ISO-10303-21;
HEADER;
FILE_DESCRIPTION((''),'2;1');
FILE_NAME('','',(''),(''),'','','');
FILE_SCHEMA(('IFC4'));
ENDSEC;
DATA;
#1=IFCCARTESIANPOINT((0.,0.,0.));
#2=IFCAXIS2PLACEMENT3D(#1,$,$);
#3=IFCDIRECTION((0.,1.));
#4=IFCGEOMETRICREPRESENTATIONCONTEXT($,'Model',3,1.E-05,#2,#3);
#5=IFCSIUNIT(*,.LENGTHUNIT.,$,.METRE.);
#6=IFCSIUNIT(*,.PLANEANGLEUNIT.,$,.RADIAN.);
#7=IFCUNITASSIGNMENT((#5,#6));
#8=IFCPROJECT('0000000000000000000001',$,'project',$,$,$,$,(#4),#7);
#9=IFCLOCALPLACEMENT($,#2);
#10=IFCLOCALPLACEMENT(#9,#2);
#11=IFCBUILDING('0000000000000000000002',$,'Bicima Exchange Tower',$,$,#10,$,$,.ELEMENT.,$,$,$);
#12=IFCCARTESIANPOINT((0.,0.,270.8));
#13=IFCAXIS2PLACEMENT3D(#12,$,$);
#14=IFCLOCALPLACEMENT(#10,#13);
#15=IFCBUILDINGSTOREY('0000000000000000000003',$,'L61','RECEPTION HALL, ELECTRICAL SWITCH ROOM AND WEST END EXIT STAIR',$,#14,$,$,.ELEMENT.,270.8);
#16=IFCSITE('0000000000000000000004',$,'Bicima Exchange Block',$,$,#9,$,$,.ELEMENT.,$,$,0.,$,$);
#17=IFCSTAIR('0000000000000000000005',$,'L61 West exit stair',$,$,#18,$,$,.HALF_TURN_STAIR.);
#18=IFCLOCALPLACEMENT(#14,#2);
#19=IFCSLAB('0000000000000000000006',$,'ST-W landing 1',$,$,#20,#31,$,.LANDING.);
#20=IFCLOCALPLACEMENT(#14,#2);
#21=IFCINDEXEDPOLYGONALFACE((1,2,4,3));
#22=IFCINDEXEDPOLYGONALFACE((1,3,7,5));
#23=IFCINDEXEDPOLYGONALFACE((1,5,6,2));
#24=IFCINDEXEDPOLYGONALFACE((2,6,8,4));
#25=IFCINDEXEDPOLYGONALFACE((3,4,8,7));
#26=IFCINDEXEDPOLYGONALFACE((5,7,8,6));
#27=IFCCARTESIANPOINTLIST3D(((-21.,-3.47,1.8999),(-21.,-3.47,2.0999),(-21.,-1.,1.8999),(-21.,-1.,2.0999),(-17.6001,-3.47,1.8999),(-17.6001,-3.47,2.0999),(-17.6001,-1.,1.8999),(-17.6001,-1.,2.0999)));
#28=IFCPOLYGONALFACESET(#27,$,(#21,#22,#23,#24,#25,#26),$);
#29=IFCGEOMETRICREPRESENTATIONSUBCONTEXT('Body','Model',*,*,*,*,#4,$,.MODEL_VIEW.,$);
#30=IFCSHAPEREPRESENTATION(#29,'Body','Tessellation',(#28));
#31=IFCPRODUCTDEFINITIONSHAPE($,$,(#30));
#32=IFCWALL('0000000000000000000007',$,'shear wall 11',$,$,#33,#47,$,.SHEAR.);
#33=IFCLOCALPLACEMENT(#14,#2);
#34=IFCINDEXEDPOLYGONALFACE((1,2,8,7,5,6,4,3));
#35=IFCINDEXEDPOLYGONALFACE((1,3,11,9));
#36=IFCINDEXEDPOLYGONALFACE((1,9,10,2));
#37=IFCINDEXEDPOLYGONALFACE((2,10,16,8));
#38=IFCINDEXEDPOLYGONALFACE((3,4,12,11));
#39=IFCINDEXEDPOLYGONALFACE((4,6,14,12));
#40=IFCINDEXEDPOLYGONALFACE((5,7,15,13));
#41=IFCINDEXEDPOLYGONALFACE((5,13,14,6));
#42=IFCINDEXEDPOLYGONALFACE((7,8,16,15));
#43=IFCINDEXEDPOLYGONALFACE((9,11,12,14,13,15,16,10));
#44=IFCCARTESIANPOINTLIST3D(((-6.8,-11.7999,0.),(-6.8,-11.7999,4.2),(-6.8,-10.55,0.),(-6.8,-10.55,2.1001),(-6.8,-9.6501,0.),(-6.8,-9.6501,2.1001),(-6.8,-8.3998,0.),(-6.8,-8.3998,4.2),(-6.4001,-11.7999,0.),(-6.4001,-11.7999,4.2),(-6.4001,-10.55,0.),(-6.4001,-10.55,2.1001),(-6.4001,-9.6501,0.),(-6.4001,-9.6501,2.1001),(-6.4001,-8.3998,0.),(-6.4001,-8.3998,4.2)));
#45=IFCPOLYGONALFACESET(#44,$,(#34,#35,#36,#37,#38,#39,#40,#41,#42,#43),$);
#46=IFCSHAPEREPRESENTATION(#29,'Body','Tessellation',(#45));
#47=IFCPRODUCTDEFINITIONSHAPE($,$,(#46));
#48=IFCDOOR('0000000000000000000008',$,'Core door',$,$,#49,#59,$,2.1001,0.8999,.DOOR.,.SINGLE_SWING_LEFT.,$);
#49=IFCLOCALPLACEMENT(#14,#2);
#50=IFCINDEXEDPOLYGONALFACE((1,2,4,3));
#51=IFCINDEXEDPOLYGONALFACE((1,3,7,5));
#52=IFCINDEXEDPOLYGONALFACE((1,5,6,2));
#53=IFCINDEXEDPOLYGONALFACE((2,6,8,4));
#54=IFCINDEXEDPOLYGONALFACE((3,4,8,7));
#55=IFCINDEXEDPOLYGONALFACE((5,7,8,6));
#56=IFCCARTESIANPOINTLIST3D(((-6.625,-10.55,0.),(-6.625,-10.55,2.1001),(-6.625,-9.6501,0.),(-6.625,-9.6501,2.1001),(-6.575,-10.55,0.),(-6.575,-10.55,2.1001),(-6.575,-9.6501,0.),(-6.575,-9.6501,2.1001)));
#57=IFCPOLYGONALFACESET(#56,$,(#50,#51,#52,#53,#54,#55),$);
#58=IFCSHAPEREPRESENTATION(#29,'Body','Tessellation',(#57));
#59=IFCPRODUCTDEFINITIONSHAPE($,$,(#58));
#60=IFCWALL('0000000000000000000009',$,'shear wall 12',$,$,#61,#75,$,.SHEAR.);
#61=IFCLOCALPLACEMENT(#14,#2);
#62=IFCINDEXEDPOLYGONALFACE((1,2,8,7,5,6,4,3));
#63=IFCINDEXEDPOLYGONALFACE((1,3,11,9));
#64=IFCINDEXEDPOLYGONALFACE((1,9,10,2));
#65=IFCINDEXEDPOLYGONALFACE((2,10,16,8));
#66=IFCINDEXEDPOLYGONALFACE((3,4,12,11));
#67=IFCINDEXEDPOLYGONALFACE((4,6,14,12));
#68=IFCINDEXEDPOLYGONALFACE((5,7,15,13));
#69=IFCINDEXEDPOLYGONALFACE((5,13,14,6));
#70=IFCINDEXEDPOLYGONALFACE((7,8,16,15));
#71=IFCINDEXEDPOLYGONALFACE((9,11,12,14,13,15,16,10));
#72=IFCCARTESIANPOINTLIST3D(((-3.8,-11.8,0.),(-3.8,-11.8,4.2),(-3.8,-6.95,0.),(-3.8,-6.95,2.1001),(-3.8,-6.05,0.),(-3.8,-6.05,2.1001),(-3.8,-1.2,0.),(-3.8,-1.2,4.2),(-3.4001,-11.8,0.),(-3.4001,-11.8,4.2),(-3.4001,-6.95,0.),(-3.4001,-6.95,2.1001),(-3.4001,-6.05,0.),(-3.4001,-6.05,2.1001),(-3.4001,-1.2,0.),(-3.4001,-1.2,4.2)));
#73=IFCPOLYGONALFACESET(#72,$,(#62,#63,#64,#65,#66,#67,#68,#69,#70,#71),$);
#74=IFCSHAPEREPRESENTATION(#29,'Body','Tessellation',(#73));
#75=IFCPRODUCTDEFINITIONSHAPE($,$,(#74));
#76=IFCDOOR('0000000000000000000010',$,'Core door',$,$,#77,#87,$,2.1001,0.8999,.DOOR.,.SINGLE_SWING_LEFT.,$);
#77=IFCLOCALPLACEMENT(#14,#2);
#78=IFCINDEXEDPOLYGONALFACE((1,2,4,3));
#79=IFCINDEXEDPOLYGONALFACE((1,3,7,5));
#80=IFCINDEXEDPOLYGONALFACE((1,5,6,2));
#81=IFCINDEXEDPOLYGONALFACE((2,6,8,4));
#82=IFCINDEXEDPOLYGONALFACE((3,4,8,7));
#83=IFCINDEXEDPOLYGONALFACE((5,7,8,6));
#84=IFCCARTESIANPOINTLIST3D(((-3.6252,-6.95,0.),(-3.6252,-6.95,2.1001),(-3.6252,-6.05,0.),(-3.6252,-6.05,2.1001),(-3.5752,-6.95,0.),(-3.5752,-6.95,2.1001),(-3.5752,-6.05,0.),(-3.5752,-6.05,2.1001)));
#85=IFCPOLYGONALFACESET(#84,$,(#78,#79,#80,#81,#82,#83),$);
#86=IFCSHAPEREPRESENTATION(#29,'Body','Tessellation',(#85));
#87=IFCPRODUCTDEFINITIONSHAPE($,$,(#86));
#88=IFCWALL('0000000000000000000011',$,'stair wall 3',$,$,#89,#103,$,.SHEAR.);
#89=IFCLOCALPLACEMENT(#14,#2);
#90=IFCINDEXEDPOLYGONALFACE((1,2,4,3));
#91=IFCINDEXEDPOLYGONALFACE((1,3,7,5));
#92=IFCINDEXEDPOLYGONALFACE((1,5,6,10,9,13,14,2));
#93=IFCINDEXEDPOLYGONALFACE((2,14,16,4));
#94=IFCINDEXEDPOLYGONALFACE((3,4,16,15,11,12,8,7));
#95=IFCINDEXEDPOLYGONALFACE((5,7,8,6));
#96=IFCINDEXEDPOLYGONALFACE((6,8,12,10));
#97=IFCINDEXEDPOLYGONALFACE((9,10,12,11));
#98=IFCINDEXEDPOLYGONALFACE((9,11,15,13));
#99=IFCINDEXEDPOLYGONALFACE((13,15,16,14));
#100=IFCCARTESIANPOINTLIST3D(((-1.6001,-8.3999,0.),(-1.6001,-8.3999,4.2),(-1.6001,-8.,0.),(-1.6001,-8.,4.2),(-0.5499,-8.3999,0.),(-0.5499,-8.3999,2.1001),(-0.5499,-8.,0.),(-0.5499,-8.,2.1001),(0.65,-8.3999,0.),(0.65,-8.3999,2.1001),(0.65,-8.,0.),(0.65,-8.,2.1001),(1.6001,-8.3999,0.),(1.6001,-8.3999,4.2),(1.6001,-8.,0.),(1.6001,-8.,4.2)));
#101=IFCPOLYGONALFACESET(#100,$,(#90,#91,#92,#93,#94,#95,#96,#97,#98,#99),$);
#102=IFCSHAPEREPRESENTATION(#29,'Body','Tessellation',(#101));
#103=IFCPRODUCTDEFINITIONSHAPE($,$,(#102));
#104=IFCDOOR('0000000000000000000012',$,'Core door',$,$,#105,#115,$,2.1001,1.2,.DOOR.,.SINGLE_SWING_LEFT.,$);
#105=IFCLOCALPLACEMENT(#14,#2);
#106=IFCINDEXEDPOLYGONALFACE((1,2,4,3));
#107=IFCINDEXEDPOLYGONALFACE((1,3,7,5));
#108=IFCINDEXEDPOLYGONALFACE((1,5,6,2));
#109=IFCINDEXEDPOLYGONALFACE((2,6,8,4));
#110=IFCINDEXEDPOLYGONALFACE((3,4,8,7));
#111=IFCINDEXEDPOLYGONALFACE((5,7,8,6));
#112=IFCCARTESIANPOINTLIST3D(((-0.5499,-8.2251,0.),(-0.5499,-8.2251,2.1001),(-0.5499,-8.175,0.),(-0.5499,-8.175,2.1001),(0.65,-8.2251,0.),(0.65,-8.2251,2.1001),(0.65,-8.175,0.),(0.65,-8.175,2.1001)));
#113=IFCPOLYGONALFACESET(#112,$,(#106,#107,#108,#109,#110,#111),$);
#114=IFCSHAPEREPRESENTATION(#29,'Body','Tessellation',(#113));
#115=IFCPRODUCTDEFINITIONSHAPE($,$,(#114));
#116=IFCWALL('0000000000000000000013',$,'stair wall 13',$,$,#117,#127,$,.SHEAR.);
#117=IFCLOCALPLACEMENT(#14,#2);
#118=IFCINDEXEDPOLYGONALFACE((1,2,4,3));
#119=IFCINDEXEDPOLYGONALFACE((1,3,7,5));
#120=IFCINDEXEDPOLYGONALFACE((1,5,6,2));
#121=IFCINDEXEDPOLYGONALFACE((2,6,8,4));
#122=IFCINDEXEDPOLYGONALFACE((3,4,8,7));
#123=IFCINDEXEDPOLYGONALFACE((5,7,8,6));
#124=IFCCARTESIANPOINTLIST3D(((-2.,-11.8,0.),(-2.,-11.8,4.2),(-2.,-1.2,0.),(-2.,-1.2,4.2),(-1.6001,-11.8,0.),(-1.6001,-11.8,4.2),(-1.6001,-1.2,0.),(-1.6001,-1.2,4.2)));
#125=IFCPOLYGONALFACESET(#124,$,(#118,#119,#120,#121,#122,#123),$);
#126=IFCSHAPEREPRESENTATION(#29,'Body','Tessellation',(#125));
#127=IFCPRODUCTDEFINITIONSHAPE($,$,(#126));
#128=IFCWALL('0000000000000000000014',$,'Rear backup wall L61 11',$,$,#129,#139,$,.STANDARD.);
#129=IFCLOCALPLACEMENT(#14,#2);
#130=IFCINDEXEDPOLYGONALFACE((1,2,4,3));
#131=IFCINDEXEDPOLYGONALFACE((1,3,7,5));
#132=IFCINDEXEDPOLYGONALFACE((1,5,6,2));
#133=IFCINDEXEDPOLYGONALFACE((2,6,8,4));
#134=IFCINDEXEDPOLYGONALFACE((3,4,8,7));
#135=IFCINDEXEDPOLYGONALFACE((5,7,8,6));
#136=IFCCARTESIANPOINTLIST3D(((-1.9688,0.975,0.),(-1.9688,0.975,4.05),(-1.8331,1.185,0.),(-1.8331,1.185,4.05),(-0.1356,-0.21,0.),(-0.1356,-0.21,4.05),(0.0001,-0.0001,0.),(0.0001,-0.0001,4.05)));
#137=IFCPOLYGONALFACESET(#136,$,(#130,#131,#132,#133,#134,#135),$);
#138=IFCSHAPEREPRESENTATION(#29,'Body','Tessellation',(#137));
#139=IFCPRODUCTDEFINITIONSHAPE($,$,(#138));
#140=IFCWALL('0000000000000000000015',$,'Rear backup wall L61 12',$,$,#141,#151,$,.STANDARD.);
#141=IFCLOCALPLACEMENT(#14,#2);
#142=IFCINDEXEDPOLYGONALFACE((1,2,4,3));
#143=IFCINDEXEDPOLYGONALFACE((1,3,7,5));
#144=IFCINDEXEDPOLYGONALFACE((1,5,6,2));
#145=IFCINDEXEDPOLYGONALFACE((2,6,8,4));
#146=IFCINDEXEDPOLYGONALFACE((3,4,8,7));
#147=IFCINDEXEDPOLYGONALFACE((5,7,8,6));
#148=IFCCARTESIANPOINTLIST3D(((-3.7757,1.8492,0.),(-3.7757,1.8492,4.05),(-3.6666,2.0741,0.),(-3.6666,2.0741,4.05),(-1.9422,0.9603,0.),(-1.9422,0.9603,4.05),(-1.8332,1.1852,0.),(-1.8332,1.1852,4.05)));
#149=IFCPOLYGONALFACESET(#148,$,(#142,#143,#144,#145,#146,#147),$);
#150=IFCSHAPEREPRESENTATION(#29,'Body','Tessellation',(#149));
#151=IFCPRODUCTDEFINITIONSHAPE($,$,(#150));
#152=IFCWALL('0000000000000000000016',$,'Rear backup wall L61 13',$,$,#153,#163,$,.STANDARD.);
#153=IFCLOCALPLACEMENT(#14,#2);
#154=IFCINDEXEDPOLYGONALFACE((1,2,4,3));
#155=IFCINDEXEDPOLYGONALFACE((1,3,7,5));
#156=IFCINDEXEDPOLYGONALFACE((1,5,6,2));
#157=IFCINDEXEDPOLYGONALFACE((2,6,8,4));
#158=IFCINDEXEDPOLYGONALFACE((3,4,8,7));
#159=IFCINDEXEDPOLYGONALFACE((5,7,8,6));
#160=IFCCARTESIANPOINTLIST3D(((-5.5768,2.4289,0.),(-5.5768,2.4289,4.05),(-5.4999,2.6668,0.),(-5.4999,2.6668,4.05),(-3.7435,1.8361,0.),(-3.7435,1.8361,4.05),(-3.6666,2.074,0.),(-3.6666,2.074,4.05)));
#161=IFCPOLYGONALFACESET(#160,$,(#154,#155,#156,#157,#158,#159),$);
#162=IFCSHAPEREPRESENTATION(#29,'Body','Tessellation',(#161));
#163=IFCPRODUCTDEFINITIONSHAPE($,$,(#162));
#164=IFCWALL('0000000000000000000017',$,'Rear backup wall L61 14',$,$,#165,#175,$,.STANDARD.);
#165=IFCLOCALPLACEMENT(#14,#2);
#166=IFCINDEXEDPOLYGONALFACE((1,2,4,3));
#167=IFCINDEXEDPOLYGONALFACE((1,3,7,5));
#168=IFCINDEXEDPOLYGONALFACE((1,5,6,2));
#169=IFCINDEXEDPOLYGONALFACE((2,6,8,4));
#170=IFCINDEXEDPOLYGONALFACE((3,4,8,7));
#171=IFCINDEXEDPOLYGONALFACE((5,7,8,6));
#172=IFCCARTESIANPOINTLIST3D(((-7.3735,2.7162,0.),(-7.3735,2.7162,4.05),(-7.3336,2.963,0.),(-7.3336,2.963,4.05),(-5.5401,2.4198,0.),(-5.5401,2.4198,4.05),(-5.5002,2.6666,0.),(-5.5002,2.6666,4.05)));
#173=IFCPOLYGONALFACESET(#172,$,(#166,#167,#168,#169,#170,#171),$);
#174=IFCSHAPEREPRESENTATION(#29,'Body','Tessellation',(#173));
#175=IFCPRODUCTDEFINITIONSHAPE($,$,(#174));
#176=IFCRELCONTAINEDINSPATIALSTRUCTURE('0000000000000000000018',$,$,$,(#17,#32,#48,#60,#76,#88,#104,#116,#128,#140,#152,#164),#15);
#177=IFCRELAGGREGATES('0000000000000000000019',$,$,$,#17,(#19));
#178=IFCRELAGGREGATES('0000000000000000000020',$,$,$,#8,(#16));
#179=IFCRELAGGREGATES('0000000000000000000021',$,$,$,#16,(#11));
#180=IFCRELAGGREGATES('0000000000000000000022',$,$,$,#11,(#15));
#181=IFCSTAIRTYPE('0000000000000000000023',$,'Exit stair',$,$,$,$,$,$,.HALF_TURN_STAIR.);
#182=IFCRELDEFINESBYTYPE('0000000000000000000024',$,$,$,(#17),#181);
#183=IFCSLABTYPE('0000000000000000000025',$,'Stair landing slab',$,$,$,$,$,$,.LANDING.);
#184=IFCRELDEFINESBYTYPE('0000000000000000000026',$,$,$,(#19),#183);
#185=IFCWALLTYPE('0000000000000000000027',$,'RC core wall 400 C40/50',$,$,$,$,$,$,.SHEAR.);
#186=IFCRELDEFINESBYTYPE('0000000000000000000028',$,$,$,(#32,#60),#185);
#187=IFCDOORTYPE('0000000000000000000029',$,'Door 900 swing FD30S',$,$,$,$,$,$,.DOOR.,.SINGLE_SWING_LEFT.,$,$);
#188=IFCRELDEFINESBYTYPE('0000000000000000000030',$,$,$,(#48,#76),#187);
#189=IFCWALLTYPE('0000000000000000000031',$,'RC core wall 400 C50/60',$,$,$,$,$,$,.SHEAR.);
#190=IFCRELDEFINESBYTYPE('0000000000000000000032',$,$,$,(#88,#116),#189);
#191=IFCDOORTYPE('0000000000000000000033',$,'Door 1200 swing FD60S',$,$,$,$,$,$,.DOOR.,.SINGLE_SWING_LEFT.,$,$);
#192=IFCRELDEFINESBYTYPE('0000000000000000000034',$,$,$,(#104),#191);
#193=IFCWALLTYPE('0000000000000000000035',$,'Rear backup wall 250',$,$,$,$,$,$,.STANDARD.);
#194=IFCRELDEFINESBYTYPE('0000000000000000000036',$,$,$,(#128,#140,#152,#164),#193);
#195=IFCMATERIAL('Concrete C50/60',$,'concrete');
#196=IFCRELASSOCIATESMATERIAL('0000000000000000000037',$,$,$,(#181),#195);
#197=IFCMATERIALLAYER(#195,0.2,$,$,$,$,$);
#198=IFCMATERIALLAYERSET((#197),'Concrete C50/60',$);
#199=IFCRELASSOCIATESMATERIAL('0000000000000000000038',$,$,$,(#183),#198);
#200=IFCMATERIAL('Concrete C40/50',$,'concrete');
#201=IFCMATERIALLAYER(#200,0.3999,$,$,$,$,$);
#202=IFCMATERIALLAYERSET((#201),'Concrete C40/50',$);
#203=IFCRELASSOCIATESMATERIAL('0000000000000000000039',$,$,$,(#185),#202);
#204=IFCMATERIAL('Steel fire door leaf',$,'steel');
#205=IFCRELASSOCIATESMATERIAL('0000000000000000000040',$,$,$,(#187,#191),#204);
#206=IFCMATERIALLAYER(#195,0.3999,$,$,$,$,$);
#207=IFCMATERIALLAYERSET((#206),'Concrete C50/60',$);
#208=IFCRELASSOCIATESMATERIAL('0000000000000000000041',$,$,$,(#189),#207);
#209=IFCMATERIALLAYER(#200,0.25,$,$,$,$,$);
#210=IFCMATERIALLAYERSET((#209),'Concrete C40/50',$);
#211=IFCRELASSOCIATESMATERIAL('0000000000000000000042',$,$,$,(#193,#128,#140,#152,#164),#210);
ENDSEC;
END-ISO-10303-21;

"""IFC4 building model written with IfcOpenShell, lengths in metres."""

from ifc_helpers import new_model, si_unit, direction, frame, frame_2d, origin, place, context, subcontext, project, spatial, polyline, rectangle, outline, extrude, material, layer, layer_set, layer_usage, type_object, element, fill, aggregate, save


model = new_model("IFC4")

# Units and contexts
model_context = context("Model", 3, precision=1e-05, world=origin(), true_north=direction((0.0, 1.0)))
body_context = subcontext(model_context, "Body", "Model", "MODEL_VIEW")
ifc_project = project(units=[si_unit("LENGTHUNIT", "METRE"), si_unit("PLANEANGLEUNIT", "RADIAN")], contexts=[model_context])

# Site, building, storey
site_placement = place(None, origin())
site = spatial("IfcSite", under=ifc_project, at=site_placement, Name="Bicima Exchange Block", CompositionType="ELEMENT", RefElevation=0.0)
building_placement = place(site_placement, origin())
building = spatial("IfcBuilding", under=site, at=building_placement, Name="Bicima Exchange Tower", CompositionType="ELEMENT")
storey_placement = place(building_placement, frame((0.0, 0.0, 270.8)))
storey = spatial("IfcBuildingStorey", under=building, at=storey_placement, Name="L61", Description="RECEPTION HALL, ELECTRICAL SWITCH ROOM AND WEST END EXIT STAIR", CompositionType="ELEMENT", Elevation=270.8)

# Shared definitions
ifc_material_1 = material(Name="Concrete C40/50", Category="concrete")

# Stair, slab
ifc_material_2 = material(Name="Concrete C50/60", Category="concrete")
stair_type_1 = type_object("IfcStairType", Name="Exit stair", PredefinedType="HALF_TURN_STAIR", material=ifc_material_2)
stair_1_placement = place(storey_placement, origin())
stair_1 = element("IfcStair", 1, at=stair_1_placement, inside=storey, type_object=stair_type_1, Name="L61 West exit stair", PredefinedType="HALF_TURN_STAIR")
ifc_layer_1 = layer(ifc_material_2, 0.2)
ifc_layer_set_1 = layer_set([ifc_layer_1], Name="Concrete C50/60")
slab_type_1 = type_object("IfcSlabType", Name="Stair landing slab", PredefinedType="LANDING", material=ifc_layer_set_1)
slab_1_placement = place(storey_placement, frame((0.0, 0.0, 1.8999)))
slab_1 = element("IfcSlab", 2, at=slab_1_placement, type_object=slab_type_1, Name="ST-W landing 1", PredefinedType="LANDING", context=body_context, shape_type="SweptSolid", body=[
    extrude(outline(polyline([(-17.6001, -3.47), (-17.6001, -1.0), (-21.0, -1.0), (-21.0, -3.47), (-17.6001, -3.47)])), origin(), (0.0, 0.0, 1.0), 0.2),
])
aggregate(stair_1, [slab_1])

# Walls, openings, doors
ifc_layer_2 = layer(ifc_material_1, 0.3999)
ifc_layer_set_2 = layer_set([ifc_layer_2], Name="Concrete C40/50")
wall_type_1 = type_object("IfcWallType", Name="RC core wall 400 C40/50", PredefinedType="SHEAR", material=ifc_layer_set_2)
wall_1_placement = place(storey_placement, frame((-6.6001, -11.8, 0.0), z_axis=(0.0, 0.0, 1.0), x_axis=(0.0, 1.0, 0.0)))
wall_1 = element("IfcWall", 3, at=wall_1_placement, inside=storey, type_object=wall_type_1, Name="shear wall 11", PredefinedType="SHEAR", context=body_context, shape_type="SweptSolid", body=[
    extrude(rectangle(XDim=3.4001, YDim=0.3999, at=frame_2d((1.7002, 0.0))), origin(), (0.0, 0.0, 1.0), 4.2),
])
opening_1_placement = place(wall_1_placement, frame((1.25, 0.0, 0.0)))
opening_1 = element("IfcOpeningElement", 4, at=opening_1_placement, cuts=wall_1, PredefinedType="OPENING", context=body_context, shape_type="SweptSolid", body=[
    extrude(rectangle(XDim=0.8999, YDim=2.1001, at=frame_2d((0.45, 1.05))), frame((0.0, 0.2119, 0.0), z_axis=(0.0, -1.0, 0.0), x_axis=(1.0, 0.0, 0.0)), (0.0, 0.0, 1.0), 0.4238),
])
ifc_material_3 = material(Name="Steel fire door leaf", Category="steel")
door_type_1 = type_object("IfcDoorType", Name="Door 900 swing FD30S", OperationType="SINGLE_SWING_LEFT", PredefinedType="DOOR", material=ifc_material_3)
door_1_placement = place(opening_1_placement, origin())
door_1 = element("IfcDoor", 5, at=door_1_placement, inside=storey, type_object=door_type_1, Name="Core door", OperationType="SINGLE_SWING_LEFT", OverallHeight=2.1001, OverallWidth=0.8999, PredefinedType="DOOR", context=body_context, shape_type="SweptSolid", body=[
    extrude(rectangle(XDim=0.8999, YDim=2.1001, at=frame_2d((0.45, 1.05))), frame((0.0, 0.0249, 0.0), z_axis=(0.0, -1.0, 0.0), x_axis=(1.0, 0.0, 0.0)), (0.0, 0.0, 1.0), 0.05),
])
fill(opening_1, door_1)
wall_2_placement = place(storey_placement, frame((-3.6001, -11.8, 0.0), z_axis=(0.0, 0.0, 1.0), x_axis=(0.0, 1.0, 0.0)))
wall_2 = element("IfcWall", 6, at=wall_2_placement, inside=storey, type_object=wall_type_1, Name="shear wall 12", PredefinedType="SHEAR", context=body_context, shape_type="SweptSolid", body=[
    extrude(rectangle(XDim=10.6001, YDim=0.3999, at=frame_2d((5.3, 0.0))), origin(), (0.0, 0.0, 1.0), 4.2),
])
opening_2_placement = place(wall_2_placement, frame((4.8501, 0.0, 0.0)))
opening_2 = element("IfcOpeningElement", 7, at=opening_2_placement, cuts=wall_2, PredefinedType="OPENING", context=body_context, shape_type="SweptSolid", body=[
    extrude(rectangle(XDim=0.8999, YDim=2.1001, at=frame_2d((0.45, 1.05))), frame((0.0, 0.2119, 0.0), z_axis=(0.0, -1.0, 0.0), x_axis=(1.0, 0.0, 0.0)), (0.0, 0.0, 1.0), 0.4238),
])
door_2_placement = place(opening_2_placement, frame((0.8999, 0.0, 0.0), z_axis=(0.0, 0.0, 1.0), x_axis=(-1.0, 0.0, 0.0)))
door_2 = element("IfcDoor", 8, at=door_2_placement, inside=storey, type_object=door_type_1, Name="Core door", OperationType="SINGLE_SWING_LEFT", OverallHeight=2.1001, OverallWidth=0.8999, PredefinedType="DOOR", context=body_context, shape_type="SweptSolid", body=[
    extrude(rectangle(XDim=0.8999, YDim=2.1001, at=frame_2d((0.45, 1.05))), frame((0.0, 0.0249, 0.0), z_axis=(0.0, -1.0, 0.0), x_axis=(1.0, 0.0, 0.0)), (0.0, 0.0, 1.0), 0.05),
])
fill(opening_2, door_2)
ifc_layer_3 = layer(ifc_material_2, 0.3999)
ifc_layer_set_3 = layer_set([ifc_layer_3], Name="Concrete C50/60")
wall_type_2 = type_object("IfcWallType", Name="RC core wall 400 C50/60", PredefinedType="SHEAR", material=ifc_layer_set_3)
wall_3_placement = place(storey_placement, frame((-1.6001, -8.2, 0.0), z_axis=(0.0, 0.0, 1.0), x_axis=(1.0, 0.0, 0.0)))
wall_3 = element("IfcWall", 9, at=wall_3_placement, inside=storey, type_object=wall_type_2, Name="stair wall 3", PredefinedType="SHEAR", context=body_context, shape_type="SweptSolid", body=[
    extrude(rectangle(XDim=3.2002, YDim=0.3999, at=frame_2d((1.6001, 0.0))), origin(), (0.0, 0.0, 1.0), 4.2),
])
opening_3_placement = place(wall_3_placement, frame((1.05, 0.0, 0.0)))
opening_3 = element("IfcOpeningElement", 10, at=opening_3_placement, cuts=wall_3, PredefinedType="OPENING", context=body_context, shape_type="SweptSolid", body=[
    extrude(rectangle(XDim=1.2, YDim=2.1001, at=frame_2d((0.6001, 1.05))), frame((0.0, 0.2119, 0.0), z_axis=(0.0, -1.0, 0.0), x_axis=(1.0, 0.0, 0.0)), (0.0, 0.0, 1.0), 0.4238),
])
door_type_2 = type_object("IfcDoorType", Name="Door 1200 swing FD60S", OperationType="SINGLE_SWING_LEFT", PredefinedType="DOOR", material=ifc_material_3)
door_3_placement = place(opening_3_placement, origin())
door_3 = element("IfcDoor", 11, at=door_3_placement, inside=storey, type_object=door_type_2, Name="Core door", OperationType="SINGLE_SWING_LEFT", OverallHeight=2.1001, OverallWidth=1.2, PredefinedType="DOOR", context=body_context, shape_type="SweptSolid", body=[
    extrude(rectangle(XDim=1.2, YDim=2.1001, at=frame_2d((0.6001, 1.05))), frame((0.0, 0.0249, 0.0), z_axis=(0.0, -1.0, 0.0), x_axis=(1.0, 0.0, 0.0)), (0.0, 0.0, 1.0), 0.05),
])
fill(opening_3, door_3)

# Walls
wall_4_placement = place(storey_placement, frame((-1.8, -11.8, 0.0), z_axis=(0.0, 0.0, 1.0), x_axis=(0.0, 1.0, 0.0)))
element("IfcWall", 12, at=wall_4_placement, inside=storey, type_object=wall_type_2, Name="stair wall 13", PredefinedType="SHEAR", context=body_context, shape_type="SweptSolid", body=[
    extrude(rectangle(XDim=10.6001, YDim=0.3999, at=frame_2d((5.3, 0.0))), origin(), (0.0, 0.0, 1.0), 4.2),
])
ifc_layer_4 = layer(ifc_material_1, 0.25)
ifc_layer_set_4 = layer_set([ifc_layer_4], Name="Concrete C40/50")
ifc_layer_usage = layer_usage(ifc_layer_set_4, "AXIS2", "POSITIVE", -0.125)
wall_type_3 = type_object("IfcWallType", Name="Rear backup wall 250", PredefinedType="STANDARD", material=ifc_layer_set_4)
wall_5_placement = place(storey_placement, frame((-0.0679, -0.105, 0.0), z_axis=(0.0, 0.0, 1.0), x_axis=(-0.839813, 0.542876, 0.0)))
element("IfcWall", 13, at=wall_5_placement, inside=storey, type_object=wall_type_3, material=ifc_layer_usage, Name="Rear backup wall L61 11", PredefinedType="STANDARD", context=body_context, shape_type="SweptSolid", body=[
    extrude(rectangle(XDim=2.1829, YDim=0.25, at=frame_2d((1.0913, 0.0))), origin(), (0.0, 0.0, 1.0), 4.05),
])
wall_6_placement = place(storey_placement, frame((-1.8877, 1.0728, 0.0), z_axis=(0.0, 0.0, 1.0), x_axis=(-0.899824, 0.436253, 0.0)))
element("IfcWall", 14, at=wall_6_placement, inside=storey, type_object=wall_type_3, material=ifc_layer_usage, Name="Rear backup wall L61 12", PredefinedType="STANDARD", context=body_context, shape_type="SweptSolid", body=[
    extrude(rectangle(XDim=2.0376, YDim=0.25, at=frame_2d((1.0188, 0.0))), origin(), (0.0, 0.0, 1.0), 4.05),
])
wall_7_placement = place(storey_placement, frame((-3.7051, 1.9551, 0.0), z_axis=(0.0, 0.0, 1.0), x_axis=(-0.951496, 0.307662, 0.0)))
element("IfcWall", 15, at=wall_7_placement, inside=storey, type_object=wall_type_3, material=ifc_layer_usage, Name="Rear backup wall L61 13", PredefinedType="STANDARD", context=body_context, shape_type="SweptSolid", body=[
    extrude(rectangle(XDim=1.9268, YDim=0.25, at=frame_2d((0.9634, 0.0))), origin(), (0.0, 0.0, 1.0), 4.05),
])
wall_8_placement = place(storey_placement, frame((-5.52, 2.5432, 0.0), z_axis=(0.0, 0.0, 1.0), x_axis=(-0.987182, 0.1596, 0.0)))
element("IfcWall", 16, at=wall_8_placement, inside=storey, type_object=wall_type_3, material=ifc_layer_usage, Name="Rear backup wall L61 14", PredefinedType="STANDARD", context=body_context, shape_type="SweptSolid", body=[
    extrude(rectangle(XDim=1.8572, YDim=0.25, at=frame_2d((0.9287, 0.0))), origin(), (0.0, 0.0, 1.0), 4.05),
])

save(model, "model.ifc")
